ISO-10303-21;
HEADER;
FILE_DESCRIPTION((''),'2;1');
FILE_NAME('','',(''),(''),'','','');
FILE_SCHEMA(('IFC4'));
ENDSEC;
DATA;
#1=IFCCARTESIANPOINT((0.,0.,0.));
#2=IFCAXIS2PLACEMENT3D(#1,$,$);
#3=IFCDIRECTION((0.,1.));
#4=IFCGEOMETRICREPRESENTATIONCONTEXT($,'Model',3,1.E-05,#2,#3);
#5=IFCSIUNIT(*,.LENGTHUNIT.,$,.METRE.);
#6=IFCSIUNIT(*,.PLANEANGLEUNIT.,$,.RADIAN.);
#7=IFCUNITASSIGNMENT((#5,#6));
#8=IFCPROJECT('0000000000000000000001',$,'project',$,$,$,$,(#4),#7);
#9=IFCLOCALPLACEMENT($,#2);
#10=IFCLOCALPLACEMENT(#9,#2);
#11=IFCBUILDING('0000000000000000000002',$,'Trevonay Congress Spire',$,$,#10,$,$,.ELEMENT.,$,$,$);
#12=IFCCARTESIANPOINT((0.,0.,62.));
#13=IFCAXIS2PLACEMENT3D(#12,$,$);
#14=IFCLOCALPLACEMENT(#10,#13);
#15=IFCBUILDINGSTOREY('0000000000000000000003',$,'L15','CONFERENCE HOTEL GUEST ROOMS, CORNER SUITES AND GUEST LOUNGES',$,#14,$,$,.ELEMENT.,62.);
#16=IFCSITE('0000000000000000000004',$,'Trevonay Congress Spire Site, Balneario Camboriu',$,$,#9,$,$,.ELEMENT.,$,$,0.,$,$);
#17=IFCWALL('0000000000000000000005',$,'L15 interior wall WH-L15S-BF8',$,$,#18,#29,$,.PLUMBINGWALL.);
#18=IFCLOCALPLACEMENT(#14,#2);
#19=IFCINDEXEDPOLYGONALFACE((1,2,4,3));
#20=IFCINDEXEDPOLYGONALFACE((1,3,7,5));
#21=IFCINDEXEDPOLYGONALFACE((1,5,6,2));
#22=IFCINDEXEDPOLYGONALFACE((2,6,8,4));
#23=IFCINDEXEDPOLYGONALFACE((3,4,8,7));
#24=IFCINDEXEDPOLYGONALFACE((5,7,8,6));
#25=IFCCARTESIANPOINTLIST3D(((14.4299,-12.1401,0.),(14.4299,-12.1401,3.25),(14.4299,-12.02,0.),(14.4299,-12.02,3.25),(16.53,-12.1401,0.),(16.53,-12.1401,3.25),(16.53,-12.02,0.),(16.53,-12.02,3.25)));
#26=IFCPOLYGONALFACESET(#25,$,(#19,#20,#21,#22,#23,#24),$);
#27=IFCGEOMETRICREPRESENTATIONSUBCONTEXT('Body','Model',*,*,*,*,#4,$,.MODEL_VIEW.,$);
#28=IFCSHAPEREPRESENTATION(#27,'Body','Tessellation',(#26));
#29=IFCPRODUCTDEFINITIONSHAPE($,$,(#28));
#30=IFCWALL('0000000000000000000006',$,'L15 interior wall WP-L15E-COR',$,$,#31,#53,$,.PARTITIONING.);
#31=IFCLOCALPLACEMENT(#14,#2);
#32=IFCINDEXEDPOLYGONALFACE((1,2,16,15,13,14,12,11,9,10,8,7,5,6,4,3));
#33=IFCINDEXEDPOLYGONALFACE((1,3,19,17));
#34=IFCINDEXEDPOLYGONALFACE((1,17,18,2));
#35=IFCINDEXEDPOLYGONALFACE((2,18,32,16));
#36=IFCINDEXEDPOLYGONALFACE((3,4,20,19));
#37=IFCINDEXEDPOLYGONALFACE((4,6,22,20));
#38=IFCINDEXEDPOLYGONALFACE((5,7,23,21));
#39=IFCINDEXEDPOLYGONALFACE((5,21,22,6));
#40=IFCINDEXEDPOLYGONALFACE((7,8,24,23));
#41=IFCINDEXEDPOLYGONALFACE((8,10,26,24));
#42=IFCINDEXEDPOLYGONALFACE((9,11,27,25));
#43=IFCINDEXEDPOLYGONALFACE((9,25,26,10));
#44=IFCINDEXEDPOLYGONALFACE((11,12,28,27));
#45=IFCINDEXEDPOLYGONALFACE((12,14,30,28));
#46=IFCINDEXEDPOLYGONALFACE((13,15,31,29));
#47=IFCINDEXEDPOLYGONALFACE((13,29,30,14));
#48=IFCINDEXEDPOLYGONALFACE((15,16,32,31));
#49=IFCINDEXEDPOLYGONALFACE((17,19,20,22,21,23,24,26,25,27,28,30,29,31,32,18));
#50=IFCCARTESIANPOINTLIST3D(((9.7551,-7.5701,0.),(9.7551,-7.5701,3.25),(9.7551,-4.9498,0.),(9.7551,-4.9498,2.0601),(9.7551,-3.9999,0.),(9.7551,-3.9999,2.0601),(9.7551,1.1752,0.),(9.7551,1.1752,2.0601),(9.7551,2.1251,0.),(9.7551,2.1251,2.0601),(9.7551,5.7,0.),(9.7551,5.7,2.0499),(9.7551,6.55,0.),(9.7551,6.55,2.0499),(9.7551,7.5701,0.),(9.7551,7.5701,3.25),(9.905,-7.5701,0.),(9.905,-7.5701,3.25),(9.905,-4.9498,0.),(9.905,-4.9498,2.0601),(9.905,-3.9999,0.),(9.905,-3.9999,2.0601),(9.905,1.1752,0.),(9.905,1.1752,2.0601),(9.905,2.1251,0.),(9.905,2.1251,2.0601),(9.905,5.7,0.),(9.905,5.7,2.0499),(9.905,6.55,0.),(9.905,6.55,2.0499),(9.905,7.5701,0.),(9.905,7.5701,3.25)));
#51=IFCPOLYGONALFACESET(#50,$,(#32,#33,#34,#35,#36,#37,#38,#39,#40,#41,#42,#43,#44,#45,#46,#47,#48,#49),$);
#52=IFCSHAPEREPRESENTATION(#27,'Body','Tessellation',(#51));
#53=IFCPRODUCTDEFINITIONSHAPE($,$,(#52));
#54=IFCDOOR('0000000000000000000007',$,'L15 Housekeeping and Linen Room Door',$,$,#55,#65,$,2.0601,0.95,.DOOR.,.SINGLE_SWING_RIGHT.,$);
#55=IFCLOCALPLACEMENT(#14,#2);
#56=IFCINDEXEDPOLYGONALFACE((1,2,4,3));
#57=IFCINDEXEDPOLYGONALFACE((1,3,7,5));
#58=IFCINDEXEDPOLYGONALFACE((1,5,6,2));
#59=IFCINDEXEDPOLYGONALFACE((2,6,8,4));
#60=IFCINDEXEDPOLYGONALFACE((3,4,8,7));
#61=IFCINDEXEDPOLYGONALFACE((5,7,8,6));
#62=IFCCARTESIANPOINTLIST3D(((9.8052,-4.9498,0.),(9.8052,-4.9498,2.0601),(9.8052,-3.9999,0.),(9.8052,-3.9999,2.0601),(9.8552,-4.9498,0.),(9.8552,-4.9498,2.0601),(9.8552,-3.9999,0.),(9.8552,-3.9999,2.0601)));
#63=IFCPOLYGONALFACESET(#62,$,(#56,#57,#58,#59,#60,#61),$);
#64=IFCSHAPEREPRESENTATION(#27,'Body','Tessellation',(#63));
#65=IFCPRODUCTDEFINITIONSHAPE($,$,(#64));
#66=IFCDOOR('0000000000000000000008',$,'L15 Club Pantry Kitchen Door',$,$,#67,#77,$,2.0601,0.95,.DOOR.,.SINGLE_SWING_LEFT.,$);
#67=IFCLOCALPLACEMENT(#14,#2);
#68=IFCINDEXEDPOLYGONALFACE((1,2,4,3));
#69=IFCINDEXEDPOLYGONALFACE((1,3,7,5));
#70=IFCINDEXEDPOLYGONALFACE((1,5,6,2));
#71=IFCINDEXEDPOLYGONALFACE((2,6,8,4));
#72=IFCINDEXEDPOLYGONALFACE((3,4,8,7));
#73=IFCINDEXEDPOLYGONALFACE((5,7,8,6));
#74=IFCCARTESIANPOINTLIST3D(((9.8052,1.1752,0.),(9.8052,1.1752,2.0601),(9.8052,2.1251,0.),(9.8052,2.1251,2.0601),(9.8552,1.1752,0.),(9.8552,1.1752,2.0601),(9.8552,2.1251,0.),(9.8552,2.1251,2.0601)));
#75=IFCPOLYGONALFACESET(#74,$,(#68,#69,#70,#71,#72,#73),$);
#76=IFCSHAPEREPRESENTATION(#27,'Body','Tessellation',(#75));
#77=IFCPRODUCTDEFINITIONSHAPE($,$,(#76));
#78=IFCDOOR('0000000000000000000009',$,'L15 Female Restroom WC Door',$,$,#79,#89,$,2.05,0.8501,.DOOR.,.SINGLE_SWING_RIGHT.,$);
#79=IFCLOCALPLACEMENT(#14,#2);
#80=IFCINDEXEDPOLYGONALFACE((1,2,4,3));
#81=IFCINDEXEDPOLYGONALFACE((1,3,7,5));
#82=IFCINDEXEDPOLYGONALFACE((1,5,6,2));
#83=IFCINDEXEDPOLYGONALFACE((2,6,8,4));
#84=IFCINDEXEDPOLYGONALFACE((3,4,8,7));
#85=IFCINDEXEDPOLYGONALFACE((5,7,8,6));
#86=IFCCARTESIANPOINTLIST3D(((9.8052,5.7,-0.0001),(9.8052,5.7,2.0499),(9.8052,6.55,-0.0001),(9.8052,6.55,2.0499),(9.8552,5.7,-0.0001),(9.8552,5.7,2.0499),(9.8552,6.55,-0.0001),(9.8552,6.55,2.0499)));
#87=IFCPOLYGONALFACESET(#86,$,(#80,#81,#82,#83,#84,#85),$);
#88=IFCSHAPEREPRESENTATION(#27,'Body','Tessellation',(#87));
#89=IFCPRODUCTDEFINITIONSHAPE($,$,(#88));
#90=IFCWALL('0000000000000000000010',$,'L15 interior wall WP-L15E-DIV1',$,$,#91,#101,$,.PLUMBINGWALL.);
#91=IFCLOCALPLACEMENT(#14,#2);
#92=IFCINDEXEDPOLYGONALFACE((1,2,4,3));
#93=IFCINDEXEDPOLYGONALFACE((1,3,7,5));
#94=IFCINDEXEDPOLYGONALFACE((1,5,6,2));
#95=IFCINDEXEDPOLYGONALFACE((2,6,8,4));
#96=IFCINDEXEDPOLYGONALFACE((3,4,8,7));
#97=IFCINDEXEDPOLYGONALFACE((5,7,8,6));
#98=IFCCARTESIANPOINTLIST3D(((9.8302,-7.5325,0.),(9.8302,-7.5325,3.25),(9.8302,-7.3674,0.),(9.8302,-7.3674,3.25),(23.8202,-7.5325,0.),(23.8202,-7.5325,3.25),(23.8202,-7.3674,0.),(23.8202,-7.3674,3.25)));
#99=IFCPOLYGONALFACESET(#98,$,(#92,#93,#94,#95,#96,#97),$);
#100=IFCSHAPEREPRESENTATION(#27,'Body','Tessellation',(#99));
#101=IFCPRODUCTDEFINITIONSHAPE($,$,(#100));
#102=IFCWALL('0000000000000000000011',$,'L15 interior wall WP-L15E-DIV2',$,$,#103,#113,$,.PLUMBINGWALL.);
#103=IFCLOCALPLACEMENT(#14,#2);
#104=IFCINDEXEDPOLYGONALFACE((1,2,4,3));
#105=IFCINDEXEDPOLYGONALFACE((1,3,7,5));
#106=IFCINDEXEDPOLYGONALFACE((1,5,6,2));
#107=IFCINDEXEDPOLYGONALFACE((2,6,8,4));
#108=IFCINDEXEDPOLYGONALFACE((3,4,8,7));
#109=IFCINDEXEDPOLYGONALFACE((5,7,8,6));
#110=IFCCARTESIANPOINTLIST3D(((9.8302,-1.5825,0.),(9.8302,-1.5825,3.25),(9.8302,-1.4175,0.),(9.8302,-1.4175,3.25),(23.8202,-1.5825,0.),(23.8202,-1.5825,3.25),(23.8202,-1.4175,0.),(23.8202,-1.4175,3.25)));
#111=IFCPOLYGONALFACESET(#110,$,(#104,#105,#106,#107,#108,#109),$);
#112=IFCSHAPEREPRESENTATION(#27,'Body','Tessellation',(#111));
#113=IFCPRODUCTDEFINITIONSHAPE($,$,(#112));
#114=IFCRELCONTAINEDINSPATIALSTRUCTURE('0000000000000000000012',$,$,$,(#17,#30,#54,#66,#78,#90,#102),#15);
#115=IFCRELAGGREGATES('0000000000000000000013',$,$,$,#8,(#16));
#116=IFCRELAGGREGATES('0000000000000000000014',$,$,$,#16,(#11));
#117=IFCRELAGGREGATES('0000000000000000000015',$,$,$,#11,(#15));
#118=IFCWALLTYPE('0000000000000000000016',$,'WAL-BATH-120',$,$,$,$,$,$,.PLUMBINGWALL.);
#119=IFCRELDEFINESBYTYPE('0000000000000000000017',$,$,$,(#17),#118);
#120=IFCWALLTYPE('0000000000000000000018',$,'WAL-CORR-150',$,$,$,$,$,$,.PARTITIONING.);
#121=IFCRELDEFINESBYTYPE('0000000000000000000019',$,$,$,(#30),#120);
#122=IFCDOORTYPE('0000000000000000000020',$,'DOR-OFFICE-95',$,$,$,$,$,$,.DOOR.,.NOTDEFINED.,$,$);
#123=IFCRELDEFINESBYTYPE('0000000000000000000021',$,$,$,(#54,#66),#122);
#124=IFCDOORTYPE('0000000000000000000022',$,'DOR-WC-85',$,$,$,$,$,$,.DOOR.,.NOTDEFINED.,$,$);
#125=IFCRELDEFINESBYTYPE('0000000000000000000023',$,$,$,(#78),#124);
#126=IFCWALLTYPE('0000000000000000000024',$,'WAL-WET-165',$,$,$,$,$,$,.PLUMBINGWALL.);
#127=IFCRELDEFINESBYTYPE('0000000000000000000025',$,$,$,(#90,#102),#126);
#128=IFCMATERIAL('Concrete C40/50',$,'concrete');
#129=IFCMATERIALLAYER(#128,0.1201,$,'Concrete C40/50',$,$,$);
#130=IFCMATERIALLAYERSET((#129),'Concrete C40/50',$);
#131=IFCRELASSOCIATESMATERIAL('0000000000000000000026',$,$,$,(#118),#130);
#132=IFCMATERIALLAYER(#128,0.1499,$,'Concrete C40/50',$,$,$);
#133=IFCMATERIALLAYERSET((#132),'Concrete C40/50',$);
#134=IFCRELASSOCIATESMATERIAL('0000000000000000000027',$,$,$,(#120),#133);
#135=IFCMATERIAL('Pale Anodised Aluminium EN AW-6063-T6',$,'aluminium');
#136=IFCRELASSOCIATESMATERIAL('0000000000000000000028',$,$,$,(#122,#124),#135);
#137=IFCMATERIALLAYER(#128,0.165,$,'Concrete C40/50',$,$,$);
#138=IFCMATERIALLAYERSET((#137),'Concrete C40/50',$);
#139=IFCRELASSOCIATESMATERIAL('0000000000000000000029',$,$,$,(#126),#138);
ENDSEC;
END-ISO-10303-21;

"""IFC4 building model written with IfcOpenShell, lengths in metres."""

from ifc_helpers import new_model, si_unit, direction, frame, frame_2d, origin, place, context, subcontext, project, spatial, rectangle, extrude, material, layer, layer_set, type_object, element, fill, save


model = new_model("IFC4")

# Units and contexts
model_context = context("Model", 3, precision=1e-05, world=origin(), true_north=direction((0.0, 1.0)))
body_context = subcontext(model_context, "Body", "Model", "MODEL_VIEW")
ifc_project = project(units=[si_unit("LENGTHUNIT", "METRE"), si_unit("PLANEANGLEUNIT", "RADIAN")], contexts=[model_context])

# Site, building, storey
site_placement = place(None, origin())
site = spatial("IfcSite", under=ifc_project, at=site_placement, Name="Trevonay Congress Spire Site, Balneario Camboriu", CompositionType="ELEMENT", RefElevation=0.0)
building_placement = place(site_placement, origin())
building = spatial("IfcBuilding", under=site, at=building_placement, Name="Trevonay Congress Spire", CompositionType="ELEMENT")
storey_placement = place(building_placement, frame((0.0, 0.0, 62.0)))
storey = spatial("IfcBuildingStorey", under=building, at=storey_placement, Name="L15", Description="CONFERENCE HOTEL GUEST ROOMS, CORNER SUITES AND GUEST LOUNGES", CompositionType="ELEMENT", Elevation=62.0)

# Shared definitions
ifc_material_1 = material(Name="Pale Anodised Aluminium EN AW-6063-T6", Category="aluminium")

# Shared definitions
ifc_material_2 = material(Name="Concrete C40/50", Category="concrete")
ifc_layer_1 = layer(ifc_material_2, 0.1201, Name="Concrete C40/50")
ifc_layer_set_1 = layer_set([ifc_layer_1], Name="Concrete C40/50")
wall_type_1 = type_object("IfcWallType", Name="WAL-BATH-120", PredefinedType="PLUMBINGWALL", material=ifc_layer_set_1)

# Wall
wall_1_placement = place(storey_placement, frame((14.4299, -12.0801, 0.0), z_axis=(0.0, 0.0, 1.0), x_axis=(1.0, 0.0, 0.0)))
element("IfcWall", 1, at=wall_1_placement, inside=storey, type_object=wall_type_1, Name="L15 interior wall WH-L15S-BF8", PredefinedType="PLUMBINGWALL", context=body_context, shape_type="SweptSolid", body=[
    extrude(rectangle(XDim=2.1001, YDim=0.1201, at=frame_2d((1.05, 0.0))), origin(), (0.0, 0.0, 1.0), 3.25),
])

# Wall, openings, doors
ifc_layer_2 = layer(ifc_material_2, 0.1499, Name="Concrete C40/50")
ifc_layer_set_2 = layer_set([ifc_layer_2], Name="Concrete C40/50")
wall_type_2 = type_object("IfcWallType", Name="WAL-CORR-150", PredefinedType="PARTITIONING", material=ifc_layer_set_2)
wall_2_placement = place(storey_placement, frame((9.8301, -7.5701, 0.0), z_axis=(0.0, 0.0, 1.0), x_axis=(0.0, 1.0, 0.0)))
wall_2 = element("IfcWall", 2, at=wall_2_placement, inside=storey, type_object=wall_type_2, Name="L15 interior wall WP-L15E-COR", PredefinedType="PARTITIONING", context=body_context, shape_type="SweptSolid", body=[
    extrude(rectangle(XDim=15.1401, YDim=0.1499, at=frame_2d((7.5701, 0.0))), origin(), (0.0, 0.0, 1.0), 3.25),
])
opening_1_placement = place(wall_2_placement, frame((2.6201, 0.0, 0.0)))
opening_1 = element("IfcOpeningElement", 3, at=opening_1_placement, cuts=wall_2, PredefinedType="OPENING", context=body_context, shape_type="SweptSolid", body=[
    extrude(rectangle(XDim=0.95, YDim=2.0601, at=frame_2d((0.4751, 1.03))), frame((0.0, 0.085, 0.0), z_axis=(0.0, -1.0, 0.0), x_axis=(1.0, 0.0, 0.0)), (0.0, 0.0, 1.0), 0.1699),
])
opening_2_placement = place(wall_2_placement, frame((8.7451, 0.0, 0.0)))
opening_2 = element("IfcOpeningElement", 4, at=opening_2_placement, cuts=wall_2, PredefinedType="OPENING", context=body_context, shape_type="SweptSolid", body=[
    extrude(rectangle(XDim=0.95, YDim=2.0601, at=frame_2d((0.4751, 1.03))), frame((0.0, 0.085, 0.0), z_axis=(0.0, -1.0, 0.0), x_axis=(1.0, 0.0, 0.0)), (0.0, 0.0, 1.0), 0.1699),
])
opening_3_placement = place(wall_2_placement, frame((13.27, 0.0, 0.0)))
opening_3 = element("IfcOpeningElement", 5, at=opening_3_placement, cuts=wall_2, PredefinedType="OPENING", context=body_context, shape_type="SweptSolid", body=[
    extrude(rectangle(XDim=0.8501, YDim=2.05, at=frame_2d((0.425, 1.0249))), frame((0.0, 0.085, 0.0), z_axis=(0.0, -1.0, 0.0), x_axis=(1.0, 0.0, 0.0)), (0.0, 0.0, 1.0), 0.1699),
])
door_type_1 = type_object("IfcDoorType", Name="DOR-OFFICE-95", OperationType="NOTDEFINED", PredefinedType="DOOR", material=ifc_material_1)
door_1_placement = place(opening_1_placement, origin())
door_1 = element("IfcDoor", 6, at=door_1_placement, inside=storey, type_object=door_type_1, Name="L15 Housekeeping and Linen Room Door", OperationType="SINGLE_SWING_RIGHT", OverallHeight=2.0601, OverallWidth=0.95, PredefinedType="DOOR", context=body_context, shape_type="SweptSolid", body=[
    extrude(rectangle(XDim=0.95, YDim=2.0601, at=frame_2d((0.4751, 1.03))), frame((0.0, 0.0249, 0.0), z_axis=(0.0, -1.0, 0.0), x_axis=(1.0, 0.0, 0.0)), (0.0, 0.0, 1.0), 0.05),
])
fill(opening_1, door_1)
door_2_placement = place(opening_2_placement, origin())
door_2 = element("IfcDoor", 7, at=door_2_placement, inside=storey, type_object=door_type_1, Name="L15 Club Pantry Kitchen Door", OperationType="SINGLE_SWING_LEFT", OverallHeight=2.0601, OverallWidth=0.95, PredefinedType="DOOR", context=body_context, shape_type="SweptSolid", body=[
    extrude(rectangle(XDim=0.95, YDim=2.0601, at=frame_2d((0.4751, 1.03))), frame((0.0, 0.0249, 0.0), z_axis=(0.0, -1.0, 0.0), x_axis=(1.0, 0.0, 0.0)), (0.0, 0.0, 1.0), 0.05),
])
fill(opening_2, door_2)
door_type_2 = type_object("IfcDoorType", Name="DOR-WC-85", OperationType="NOTDEFINED", PredefinedType="DOOR", material=ifc_material_1)
door_3_placement = place(opening_3_placement, origin())
door_3 = element("IfcDoor", 8, at=door_3_placement, inside=storey, type_object=door_type_2, Name="L15 Female Restroom WC Door", OperationType="SINGLE_SWING_RIGHT", OverallHeight=2.05, OverallWidth=0.8501, PredefinedType="DOOR", context=body_context, shape_type="SweptSolid", body=[
    extrude(rectangle(XDim=0.8501, YDim=2.05, at=frame_2d((0.425, 1.0249))), frame((0.0, 0.0249, 0.0), z_axis=(0.0, -1.0, 0.0), x_axis=(1.0, 0.0, 0.0)), (0.0, 0.0, 1.0), 0.05),
])
fill(opening_3, door_3)

# Walls
ifc_layer_3 = layer(ifc_material_2, 0.165, Name="Concrete C40/50")
ifc_layer_set_3 = layer_set([ifc_layer_3], Name="Concrete C40/50")
wall_type_3 = type_object("IfcWallType", Name="WAL-WET-165", PredefinedType="PLUMBINGWALL", material=ifc_layer_set_3)
for number, where, z_axis, x_axis, name in (
    (9, (9.8301, -7.45, 0.0), (0.0, 0.0, 1.0), (1.0, 0.0, 0.0), "L15 interior wall WP-L15E-DIV1"),
    (10, (9.8301, -1.5, 0.0), (0.0, 0.0, 1.0), (1.0, 0.0, 0.0), "L15 interior wall WP-L15E-DIV2"),
):
    element("IfcWall", number, at=place(storey_placement, frame(where, z_axis=z_axis, x_axis=x_axis)), inside=storey, type_object=wall_type_3, Name=name, PredefinedType="PLUMBINGWALL", context=body_context, shape_type="SweptSolid", body=[
        extrude(rectangle(XDim=13.99, YDim=0.165, at=frame_2d((6.9951, 0.0))), origin(), (0.0, 0.0, 1.0), 3.25),
    ])

save(model, "model.ifc")
